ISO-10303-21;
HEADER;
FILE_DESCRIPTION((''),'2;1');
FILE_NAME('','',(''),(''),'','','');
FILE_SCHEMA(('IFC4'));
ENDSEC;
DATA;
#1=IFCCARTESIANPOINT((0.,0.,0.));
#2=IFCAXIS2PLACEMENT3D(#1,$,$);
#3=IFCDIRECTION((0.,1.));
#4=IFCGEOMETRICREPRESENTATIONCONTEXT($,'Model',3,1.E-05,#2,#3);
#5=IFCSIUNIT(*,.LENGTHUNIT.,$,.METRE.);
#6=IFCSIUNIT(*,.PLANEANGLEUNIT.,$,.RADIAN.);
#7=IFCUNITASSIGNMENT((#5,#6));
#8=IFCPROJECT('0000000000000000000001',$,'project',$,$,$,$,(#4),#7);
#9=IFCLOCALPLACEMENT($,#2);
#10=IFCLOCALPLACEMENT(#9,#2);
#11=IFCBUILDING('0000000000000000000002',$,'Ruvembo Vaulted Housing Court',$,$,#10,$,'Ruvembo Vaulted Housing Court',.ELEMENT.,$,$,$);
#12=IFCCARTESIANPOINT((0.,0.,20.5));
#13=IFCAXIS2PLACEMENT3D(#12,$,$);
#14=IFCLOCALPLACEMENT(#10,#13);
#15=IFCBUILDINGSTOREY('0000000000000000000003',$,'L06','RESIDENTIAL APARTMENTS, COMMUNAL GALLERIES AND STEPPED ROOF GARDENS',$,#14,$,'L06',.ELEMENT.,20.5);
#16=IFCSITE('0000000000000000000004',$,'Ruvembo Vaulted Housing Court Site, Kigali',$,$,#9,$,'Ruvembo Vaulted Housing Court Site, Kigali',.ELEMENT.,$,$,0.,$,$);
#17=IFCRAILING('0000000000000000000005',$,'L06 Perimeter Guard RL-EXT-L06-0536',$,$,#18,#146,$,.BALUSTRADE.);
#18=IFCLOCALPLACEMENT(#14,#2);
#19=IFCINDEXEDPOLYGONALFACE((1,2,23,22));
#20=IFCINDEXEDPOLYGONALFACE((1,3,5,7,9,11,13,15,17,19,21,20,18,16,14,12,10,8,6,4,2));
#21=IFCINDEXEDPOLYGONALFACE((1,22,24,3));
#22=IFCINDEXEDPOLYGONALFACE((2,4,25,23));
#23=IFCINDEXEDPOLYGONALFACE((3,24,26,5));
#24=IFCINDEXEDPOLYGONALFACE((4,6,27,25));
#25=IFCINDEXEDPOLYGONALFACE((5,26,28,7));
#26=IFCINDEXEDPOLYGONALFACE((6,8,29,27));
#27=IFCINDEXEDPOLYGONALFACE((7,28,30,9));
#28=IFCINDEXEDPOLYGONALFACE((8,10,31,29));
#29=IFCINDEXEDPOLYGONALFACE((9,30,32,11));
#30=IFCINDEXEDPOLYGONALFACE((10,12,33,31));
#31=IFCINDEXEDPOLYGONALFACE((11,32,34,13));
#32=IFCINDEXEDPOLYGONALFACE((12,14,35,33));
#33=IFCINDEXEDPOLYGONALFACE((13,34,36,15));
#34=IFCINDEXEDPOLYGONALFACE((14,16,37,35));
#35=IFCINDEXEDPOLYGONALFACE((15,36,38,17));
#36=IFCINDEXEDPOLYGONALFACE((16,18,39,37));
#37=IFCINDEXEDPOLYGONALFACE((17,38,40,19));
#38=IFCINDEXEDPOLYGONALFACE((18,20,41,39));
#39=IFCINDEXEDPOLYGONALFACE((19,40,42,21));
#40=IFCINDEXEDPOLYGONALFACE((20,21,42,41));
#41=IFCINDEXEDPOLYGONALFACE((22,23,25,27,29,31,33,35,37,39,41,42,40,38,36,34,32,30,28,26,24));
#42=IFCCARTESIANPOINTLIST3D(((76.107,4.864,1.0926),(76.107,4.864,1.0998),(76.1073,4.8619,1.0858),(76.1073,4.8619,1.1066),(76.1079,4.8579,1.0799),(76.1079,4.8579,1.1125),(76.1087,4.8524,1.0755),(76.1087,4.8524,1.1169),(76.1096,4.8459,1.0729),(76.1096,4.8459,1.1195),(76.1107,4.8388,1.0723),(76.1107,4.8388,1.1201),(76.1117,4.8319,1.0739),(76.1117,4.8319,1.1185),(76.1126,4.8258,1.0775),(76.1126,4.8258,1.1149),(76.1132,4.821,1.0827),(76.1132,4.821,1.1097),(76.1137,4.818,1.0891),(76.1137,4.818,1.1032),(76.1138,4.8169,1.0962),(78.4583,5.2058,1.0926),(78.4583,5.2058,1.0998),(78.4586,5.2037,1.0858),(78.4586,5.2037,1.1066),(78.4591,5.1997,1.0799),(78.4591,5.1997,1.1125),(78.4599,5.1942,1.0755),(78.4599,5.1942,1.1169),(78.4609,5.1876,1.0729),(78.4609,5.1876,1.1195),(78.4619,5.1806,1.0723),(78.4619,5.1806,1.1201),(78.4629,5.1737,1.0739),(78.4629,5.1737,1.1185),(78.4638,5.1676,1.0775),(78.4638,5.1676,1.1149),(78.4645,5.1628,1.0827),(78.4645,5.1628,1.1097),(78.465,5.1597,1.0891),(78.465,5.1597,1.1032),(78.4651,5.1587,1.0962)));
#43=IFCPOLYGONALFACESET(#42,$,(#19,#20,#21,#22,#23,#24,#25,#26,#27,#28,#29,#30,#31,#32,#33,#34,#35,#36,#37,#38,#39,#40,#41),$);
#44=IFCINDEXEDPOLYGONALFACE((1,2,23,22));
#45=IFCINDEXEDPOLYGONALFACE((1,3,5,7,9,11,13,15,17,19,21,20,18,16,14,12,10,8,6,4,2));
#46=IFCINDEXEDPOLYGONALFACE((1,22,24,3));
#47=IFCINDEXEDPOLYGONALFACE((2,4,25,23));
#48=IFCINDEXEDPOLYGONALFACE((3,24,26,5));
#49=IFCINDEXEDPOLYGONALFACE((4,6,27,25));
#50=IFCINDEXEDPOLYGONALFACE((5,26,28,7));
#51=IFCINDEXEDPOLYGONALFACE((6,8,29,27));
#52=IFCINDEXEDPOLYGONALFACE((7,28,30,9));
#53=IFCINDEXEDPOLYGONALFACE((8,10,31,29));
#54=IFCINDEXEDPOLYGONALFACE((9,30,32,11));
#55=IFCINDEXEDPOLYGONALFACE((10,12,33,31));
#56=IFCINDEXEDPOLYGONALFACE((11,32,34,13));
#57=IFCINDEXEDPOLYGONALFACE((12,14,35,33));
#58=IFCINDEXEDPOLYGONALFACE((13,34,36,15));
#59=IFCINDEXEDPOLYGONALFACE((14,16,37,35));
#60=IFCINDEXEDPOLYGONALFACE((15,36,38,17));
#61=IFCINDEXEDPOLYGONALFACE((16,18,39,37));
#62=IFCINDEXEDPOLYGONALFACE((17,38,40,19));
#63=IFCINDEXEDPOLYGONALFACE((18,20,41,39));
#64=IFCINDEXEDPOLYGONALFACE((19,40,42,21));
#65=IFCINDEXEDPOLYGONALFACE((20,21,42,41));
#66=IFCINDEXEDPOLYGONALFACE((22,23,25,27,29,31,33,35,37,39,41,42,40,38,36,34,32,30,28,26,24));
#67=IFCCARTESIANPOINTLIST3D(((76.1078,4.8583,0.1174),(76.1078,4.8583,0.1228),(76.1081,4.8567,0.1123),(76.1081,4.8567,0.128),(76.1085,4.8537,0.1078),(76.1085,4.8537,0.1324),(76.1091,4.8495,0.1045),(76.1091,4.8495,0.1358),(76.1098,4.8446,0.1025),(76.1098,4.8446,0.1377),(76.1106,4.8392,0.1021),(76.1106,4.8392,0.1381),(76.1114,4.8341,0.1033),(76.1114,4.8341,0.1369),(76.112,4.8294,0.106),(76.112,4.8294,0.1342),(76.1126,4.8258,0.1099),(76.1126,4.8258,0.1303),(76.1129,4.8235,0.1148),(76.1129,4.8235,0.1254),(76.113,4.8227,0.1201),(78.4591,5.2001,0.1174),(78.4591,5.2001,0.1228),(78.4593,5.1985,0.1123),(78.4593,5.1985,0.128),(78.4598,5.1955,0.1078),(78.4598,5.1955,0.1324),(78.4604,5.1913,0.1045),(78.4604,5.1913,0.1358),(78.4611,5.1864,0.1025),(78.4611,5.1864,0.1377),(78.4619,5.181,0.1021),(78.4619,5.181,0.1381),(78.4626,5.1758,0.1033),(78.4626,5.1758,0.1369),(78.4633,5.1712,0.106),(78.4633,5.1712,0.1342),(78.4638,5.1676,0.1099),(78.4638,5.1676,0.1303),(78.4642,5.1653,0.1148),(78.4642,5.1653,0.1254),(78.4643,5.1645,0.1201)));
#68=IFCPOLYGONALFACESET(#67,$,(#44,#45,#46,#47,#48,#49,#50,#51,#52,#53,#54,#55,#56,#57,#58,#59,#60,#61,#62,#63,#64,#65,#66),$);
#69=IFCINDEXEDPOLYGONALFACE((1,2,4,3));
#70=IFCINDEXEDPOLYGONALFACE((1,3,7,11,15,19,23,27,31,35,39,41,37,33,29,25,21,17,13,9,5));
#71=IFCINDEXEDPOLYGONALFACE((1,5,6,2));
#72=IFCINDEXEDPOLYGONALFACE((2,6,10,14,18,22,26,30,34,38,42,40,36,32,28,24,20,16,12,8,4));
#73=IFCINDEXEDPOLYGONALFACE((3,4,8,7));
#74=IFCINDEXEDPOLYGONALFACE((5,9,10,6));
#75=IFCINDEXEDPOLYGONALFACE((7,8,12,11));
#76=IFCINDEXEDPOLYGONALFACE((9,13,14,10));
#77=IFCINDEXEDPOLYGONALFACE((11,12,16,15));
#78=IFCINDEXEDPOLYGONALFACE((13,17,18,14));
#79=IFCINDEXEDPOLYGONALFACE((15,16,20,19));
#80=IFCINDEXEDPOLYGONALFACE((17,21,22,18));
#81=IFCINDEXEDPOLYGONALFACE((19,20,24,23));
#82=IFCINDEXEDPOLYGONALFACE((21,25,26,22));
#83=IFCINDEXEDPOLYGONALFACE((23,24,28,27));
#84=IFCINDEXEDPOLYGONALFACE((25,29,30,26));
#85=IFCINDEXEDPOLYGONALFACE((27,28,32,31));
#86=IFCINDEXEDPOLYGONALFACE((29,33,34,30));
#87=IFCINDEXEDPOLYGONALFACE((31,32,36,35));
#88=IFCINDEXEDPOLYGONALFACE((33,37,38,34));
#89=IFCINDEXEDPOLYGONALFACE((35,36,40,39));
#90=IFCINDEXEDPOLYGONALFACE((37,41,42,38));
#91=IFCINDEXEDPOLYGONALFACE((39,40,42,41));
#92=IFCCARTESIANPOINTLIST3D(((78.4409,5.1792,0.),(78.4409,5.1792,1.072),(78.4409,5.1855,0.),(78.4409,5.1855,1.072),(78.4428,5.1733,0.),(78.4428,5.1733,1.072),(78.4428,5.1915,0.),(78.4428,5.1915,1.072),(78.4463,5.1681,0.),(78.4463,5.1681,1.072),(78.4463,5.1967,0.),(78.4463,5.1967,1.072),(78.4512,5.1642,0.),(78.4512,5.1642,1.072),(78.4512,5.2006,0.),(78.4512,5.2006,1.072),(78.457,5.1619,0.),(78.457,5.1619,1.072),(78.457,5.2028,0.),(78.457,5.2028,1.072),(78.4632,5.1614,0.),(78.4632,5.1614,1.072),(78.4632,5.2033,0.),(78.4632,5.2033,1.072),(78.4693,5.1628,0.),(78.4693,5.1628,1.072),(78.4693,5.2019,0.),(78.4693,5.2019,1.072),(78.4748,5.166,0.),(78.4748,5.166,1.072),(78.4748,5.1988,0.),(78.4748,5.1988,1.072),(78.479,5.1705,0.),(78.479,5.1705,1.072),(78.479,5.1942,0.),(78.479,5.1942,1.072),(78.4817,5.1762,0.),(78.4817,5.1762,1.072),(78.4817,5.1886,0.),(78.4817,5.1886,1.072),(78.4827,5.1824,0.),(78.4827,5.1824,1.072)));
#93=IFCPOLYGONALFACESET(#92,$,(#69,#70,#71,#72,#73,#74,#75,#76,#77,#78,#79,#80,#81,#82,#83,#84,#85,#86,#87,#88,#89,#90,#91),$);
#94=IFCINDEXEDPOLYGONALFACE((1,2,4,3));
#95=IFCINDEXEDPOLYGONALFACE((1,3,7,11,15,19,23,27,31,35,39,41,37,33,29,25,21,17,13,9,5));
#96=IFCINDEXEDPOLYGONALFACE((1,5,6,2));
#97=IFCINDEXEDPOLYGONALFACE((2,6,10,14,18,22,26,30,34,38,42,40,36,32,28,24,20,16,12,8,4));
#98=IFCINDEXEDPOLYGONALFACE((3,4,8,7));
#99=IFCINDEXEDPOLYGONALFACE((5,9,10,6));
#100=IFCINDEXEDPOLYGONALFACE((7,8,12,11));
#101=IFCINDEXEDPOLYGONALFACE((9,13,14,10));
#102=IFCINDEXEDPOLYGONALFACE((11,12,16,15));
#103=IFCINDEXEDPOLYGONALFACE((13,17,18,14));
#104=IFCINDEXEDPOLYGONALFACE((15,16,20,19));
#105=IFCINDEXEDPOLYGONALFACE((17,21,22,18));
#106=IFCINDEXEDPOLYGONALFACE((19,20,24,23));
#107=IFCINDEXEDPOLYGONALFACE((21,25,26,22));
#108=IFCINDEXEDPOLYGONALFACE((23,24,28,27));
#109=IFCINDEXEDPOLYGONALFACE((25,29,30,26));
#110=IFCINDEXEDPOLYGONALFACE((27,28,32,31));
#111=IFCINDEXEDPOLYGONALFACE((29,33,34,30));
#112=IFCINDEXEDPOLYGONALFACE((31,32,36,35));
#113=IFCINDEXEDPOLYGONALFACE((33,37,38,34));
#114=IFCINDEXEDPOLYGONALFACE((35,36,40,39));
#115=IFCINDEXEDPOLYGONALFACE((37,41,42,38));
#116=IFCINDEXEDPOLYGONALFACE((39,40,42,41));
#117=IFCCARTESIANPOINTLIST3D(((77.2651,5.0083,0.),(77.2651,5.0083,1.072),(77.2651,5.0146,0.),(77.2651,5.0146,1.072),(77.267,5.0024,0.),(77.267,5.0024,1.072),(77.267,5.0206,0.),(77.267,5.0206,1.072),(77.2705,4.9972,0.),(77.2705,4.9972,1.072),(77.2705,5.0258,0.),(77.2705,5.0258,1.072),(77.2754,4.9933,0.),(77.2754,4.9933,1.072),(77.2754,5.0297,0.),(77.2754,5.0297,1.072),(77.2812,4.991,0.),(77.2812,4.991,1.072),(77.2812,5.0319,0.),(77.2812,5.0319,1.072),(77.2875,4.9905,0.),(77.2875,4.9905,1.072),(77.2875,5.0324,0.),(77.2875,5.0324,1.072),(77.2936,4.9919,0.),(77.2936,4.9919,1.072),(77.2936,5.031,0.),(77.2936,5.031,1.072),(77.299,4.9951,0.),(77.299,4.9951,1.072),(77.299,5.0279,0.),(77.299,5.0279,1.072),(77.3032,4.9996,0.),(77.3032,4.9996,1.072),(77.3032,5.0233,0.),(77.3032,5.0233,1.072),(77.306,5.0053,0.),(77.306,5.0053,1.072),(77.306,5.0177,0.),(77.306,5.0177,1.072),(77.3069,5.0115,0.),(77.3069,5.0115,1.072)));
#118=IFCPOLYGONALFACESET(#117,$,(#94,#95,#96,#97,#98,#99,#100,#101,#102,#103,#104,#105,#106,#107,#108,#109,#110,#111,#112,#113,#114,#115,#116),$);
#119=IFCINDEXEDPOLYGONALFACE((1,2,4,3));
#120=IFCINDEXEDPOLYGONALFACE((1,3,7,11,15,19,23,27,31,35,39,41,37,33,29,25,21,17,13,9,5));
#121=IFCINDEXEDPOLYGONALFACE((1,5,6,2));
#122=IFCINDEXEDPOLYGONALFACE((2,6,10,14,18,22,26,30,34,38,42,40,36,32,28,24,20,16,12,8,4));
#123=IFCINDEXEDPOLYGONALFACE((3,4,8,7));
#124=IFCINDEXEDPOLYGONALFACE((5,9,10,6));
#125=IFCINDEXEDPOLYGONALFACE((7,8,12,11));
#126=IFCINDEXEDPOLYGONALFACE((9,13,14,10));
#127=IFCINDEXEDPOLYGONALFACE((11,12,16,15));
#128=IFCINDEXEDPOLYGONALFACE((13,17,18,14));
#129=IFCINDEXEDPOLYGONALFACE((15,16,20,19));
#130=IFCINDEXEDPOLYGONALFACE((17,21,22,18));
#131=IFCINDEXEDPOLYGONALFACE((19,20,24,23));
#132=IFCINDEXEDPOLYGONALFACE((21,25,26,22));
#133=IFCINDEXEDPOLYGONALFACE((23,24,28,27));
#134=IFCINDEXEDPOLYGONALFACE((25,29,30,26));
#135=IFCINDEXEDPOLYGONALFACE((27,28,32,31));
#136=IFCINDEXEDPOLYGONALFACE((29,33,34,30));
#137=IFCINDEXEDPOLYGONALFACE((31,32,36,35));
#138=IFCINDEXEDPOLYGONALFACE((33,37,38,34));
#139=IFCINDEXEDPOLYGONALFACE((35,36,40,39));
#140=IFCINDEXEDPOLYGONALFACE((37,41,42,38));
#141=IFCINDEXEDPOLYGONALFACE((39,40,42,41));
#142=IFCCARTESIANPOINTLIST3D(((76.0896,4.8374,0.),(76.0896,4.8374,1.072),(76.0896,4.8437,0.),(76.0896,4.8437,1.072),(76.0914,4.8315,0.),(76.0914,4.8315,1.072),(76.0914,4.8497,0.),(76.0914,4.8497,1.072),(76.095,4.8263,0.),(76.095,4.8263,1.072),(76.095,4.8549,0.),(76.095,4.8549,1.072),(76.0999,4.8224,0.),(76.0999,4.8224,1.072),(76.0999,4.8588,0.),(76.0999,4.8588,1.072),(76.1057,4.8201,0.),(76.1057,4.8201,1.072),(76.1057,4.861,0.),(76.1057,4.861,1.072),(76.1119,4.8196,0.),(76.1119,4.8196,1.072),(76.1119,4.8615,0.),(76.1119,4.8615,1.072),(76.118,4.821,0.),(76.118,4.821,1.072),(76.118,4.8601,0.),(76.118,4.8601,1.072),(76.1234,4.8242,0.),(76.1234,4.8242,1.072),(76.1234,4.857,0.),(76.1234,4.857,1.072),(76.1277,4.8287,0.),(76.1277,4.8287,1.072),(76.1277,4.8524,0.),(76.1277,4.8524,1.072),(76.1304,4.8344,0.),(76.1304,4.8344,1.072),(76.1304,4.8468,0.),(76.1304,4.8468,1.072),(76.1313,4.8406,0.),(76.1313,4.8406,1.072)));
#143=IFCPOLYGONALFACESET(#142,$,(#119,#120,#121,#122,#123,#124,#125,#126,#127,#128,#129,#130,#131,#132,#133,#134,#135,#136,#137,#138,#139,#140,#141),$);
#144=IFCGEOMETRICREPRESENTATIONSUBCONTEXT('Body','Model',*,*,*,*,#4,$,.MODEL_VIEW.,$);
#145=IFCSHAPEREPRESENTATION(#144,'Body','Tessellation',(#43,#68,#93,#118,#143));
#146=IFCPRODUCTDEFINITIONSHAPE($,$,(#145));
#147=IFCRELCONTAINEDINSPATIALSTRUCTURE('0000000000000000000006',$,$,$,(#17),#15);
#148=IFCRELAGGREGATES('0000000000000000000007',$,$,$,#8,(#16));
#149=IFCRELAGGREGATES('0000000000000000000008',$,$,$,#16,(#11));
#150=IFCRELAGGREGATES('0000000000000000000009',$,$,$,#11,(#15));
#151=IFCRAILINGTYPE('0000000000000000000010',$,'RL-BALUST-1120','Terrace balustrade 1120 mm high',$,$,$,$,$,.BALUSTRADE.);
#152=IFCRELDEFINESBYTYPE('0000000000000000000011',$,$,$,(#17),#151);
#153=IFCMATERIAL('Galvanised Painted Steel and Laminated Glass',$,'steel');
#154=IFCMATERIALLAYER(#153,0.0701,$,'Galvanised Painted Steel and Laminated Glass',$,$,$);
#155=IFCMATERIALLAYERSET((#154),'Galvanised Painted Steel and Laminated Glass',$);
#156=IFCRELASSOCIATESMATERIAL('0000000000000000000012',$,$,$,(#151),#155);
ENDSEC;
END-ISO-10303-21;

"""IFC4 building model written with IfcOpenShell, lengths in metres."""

from ifc_helpers import new_model, si_unit, direction, frame, origin, origin_2d, place, context, subcontext, project, spatial, circle, extrude, material, layer, layer_set, type_object, element, save


model = new_model("IFC4")

# Units and contexts
model_context = context("Model", 3, precision=1e-05, world=origin(), true_north=direction((0.0, 1.0)))
body_context = subcontext(model_context, "Body", "Model", "MODEL_VIEW")
ifc_project = project(units=[si_unit("LENGTHUNIT", "METRE"), si_unit("PLANEANGLEUNIT", "RADIAN")], contexts=[model_context])

# Site, building, storey
site_placement = place(None, origin())
site = spatial("IfcSite", under=ifc_project, at=site_placement, Name="Ruvembo Vaulted Housing Court Site, Kigali", LongName="Ruvembo Vaulted Housing Court Site, Kigali", CompositionType="ELEMENT", RefElevation=0.0)
building_placement = place(site_placement, origin())
building = spatial("IfcBuilding", under=site, at=building_placement, Name="Ruvembo Vaulted Housing Court", LongName="Ruvembo Vaulted Housing Court", CompositionType="ELEMENT")
storey_placement = place(building_placement, frame((0.0, 0.0, 20.5)))
storey = spatial("IfcBuildingStorey", under=building, at=storey_placement, Name="L06", Description="RESIDENTIAL APARTMENTS, COMMUNAL GALLERIES AND STEPPED ROOF GARDENS", LongName="L06", CompositionType="ELEMENT", Elevation=20.5)

# Railing
ifc_material_1 = material(Name="Galvanised Painted Steel and Laminated Glass", Category="steel")
ifc_layer_1 = layer(ifc_material_1, 0.0701, Name="Galvanised Painted Steel and Laminated Glass")
ifc_layer_set_1 = layer_set([ifc_layer_1], Name="Galvanised Painted Steel and Laminated Glass")
railing_type = type_object("IfcRailingType", Name="RL-BALUST-1120", Description="Terrace balustrade 1120 mm high", PredefinedType="BALUSTRADE", material=ifc_layer_set_1)
railing_1_placement = place(storey_placement, frame((78.4617, 5.1824, 0.0)))
element("IfcRailing", 1, at=railing_1_placement, inside=storey, type_object=railing_type, Name="L06 Perimeter Guard RL-EXT-L06-0536", PredefinedType="BALUSTRADE", context=body_context, shape_type="SweptSolid", body=[
    extrude(circle(Radius=0.0239, at=origin_2d()), frame((0.0, 0.0, 1.0962), z_axis=(-0.989599, -0.143852, 0.0), x_axis=(0.143852, -0.989599, 0.0)), (0.0, 0.0, 1.0), 2.376),
    extrude(circle(Radius=0.0181, at=origin_2d()), frame((0.0, 0.0, 0.1201), z_axis=(-0.989599, -0.143852, 0.0), x_axis=(0.143852, -0.989599, 0.0)), (0.0, 0.0, 1.0), 2.376),
    extrude(circle(Radius=0.021, at=origin_2d()), origin(), (0.0, 0.0, 1.0), 1.072),
    extrude(circle(Radius=0.021, at=origin_2d()), frame((-1.1758, -0.1709, 0.0)), (0.0, 0.0, 1.0), 1.072),
    extrude(circle(Radius=0.021, at=origin_2d()), frame((-2.3513, -0.3418, 0.0)), (0.0, 0.0, 1.0), 1.072),
])

save(model, "model.ifc")
